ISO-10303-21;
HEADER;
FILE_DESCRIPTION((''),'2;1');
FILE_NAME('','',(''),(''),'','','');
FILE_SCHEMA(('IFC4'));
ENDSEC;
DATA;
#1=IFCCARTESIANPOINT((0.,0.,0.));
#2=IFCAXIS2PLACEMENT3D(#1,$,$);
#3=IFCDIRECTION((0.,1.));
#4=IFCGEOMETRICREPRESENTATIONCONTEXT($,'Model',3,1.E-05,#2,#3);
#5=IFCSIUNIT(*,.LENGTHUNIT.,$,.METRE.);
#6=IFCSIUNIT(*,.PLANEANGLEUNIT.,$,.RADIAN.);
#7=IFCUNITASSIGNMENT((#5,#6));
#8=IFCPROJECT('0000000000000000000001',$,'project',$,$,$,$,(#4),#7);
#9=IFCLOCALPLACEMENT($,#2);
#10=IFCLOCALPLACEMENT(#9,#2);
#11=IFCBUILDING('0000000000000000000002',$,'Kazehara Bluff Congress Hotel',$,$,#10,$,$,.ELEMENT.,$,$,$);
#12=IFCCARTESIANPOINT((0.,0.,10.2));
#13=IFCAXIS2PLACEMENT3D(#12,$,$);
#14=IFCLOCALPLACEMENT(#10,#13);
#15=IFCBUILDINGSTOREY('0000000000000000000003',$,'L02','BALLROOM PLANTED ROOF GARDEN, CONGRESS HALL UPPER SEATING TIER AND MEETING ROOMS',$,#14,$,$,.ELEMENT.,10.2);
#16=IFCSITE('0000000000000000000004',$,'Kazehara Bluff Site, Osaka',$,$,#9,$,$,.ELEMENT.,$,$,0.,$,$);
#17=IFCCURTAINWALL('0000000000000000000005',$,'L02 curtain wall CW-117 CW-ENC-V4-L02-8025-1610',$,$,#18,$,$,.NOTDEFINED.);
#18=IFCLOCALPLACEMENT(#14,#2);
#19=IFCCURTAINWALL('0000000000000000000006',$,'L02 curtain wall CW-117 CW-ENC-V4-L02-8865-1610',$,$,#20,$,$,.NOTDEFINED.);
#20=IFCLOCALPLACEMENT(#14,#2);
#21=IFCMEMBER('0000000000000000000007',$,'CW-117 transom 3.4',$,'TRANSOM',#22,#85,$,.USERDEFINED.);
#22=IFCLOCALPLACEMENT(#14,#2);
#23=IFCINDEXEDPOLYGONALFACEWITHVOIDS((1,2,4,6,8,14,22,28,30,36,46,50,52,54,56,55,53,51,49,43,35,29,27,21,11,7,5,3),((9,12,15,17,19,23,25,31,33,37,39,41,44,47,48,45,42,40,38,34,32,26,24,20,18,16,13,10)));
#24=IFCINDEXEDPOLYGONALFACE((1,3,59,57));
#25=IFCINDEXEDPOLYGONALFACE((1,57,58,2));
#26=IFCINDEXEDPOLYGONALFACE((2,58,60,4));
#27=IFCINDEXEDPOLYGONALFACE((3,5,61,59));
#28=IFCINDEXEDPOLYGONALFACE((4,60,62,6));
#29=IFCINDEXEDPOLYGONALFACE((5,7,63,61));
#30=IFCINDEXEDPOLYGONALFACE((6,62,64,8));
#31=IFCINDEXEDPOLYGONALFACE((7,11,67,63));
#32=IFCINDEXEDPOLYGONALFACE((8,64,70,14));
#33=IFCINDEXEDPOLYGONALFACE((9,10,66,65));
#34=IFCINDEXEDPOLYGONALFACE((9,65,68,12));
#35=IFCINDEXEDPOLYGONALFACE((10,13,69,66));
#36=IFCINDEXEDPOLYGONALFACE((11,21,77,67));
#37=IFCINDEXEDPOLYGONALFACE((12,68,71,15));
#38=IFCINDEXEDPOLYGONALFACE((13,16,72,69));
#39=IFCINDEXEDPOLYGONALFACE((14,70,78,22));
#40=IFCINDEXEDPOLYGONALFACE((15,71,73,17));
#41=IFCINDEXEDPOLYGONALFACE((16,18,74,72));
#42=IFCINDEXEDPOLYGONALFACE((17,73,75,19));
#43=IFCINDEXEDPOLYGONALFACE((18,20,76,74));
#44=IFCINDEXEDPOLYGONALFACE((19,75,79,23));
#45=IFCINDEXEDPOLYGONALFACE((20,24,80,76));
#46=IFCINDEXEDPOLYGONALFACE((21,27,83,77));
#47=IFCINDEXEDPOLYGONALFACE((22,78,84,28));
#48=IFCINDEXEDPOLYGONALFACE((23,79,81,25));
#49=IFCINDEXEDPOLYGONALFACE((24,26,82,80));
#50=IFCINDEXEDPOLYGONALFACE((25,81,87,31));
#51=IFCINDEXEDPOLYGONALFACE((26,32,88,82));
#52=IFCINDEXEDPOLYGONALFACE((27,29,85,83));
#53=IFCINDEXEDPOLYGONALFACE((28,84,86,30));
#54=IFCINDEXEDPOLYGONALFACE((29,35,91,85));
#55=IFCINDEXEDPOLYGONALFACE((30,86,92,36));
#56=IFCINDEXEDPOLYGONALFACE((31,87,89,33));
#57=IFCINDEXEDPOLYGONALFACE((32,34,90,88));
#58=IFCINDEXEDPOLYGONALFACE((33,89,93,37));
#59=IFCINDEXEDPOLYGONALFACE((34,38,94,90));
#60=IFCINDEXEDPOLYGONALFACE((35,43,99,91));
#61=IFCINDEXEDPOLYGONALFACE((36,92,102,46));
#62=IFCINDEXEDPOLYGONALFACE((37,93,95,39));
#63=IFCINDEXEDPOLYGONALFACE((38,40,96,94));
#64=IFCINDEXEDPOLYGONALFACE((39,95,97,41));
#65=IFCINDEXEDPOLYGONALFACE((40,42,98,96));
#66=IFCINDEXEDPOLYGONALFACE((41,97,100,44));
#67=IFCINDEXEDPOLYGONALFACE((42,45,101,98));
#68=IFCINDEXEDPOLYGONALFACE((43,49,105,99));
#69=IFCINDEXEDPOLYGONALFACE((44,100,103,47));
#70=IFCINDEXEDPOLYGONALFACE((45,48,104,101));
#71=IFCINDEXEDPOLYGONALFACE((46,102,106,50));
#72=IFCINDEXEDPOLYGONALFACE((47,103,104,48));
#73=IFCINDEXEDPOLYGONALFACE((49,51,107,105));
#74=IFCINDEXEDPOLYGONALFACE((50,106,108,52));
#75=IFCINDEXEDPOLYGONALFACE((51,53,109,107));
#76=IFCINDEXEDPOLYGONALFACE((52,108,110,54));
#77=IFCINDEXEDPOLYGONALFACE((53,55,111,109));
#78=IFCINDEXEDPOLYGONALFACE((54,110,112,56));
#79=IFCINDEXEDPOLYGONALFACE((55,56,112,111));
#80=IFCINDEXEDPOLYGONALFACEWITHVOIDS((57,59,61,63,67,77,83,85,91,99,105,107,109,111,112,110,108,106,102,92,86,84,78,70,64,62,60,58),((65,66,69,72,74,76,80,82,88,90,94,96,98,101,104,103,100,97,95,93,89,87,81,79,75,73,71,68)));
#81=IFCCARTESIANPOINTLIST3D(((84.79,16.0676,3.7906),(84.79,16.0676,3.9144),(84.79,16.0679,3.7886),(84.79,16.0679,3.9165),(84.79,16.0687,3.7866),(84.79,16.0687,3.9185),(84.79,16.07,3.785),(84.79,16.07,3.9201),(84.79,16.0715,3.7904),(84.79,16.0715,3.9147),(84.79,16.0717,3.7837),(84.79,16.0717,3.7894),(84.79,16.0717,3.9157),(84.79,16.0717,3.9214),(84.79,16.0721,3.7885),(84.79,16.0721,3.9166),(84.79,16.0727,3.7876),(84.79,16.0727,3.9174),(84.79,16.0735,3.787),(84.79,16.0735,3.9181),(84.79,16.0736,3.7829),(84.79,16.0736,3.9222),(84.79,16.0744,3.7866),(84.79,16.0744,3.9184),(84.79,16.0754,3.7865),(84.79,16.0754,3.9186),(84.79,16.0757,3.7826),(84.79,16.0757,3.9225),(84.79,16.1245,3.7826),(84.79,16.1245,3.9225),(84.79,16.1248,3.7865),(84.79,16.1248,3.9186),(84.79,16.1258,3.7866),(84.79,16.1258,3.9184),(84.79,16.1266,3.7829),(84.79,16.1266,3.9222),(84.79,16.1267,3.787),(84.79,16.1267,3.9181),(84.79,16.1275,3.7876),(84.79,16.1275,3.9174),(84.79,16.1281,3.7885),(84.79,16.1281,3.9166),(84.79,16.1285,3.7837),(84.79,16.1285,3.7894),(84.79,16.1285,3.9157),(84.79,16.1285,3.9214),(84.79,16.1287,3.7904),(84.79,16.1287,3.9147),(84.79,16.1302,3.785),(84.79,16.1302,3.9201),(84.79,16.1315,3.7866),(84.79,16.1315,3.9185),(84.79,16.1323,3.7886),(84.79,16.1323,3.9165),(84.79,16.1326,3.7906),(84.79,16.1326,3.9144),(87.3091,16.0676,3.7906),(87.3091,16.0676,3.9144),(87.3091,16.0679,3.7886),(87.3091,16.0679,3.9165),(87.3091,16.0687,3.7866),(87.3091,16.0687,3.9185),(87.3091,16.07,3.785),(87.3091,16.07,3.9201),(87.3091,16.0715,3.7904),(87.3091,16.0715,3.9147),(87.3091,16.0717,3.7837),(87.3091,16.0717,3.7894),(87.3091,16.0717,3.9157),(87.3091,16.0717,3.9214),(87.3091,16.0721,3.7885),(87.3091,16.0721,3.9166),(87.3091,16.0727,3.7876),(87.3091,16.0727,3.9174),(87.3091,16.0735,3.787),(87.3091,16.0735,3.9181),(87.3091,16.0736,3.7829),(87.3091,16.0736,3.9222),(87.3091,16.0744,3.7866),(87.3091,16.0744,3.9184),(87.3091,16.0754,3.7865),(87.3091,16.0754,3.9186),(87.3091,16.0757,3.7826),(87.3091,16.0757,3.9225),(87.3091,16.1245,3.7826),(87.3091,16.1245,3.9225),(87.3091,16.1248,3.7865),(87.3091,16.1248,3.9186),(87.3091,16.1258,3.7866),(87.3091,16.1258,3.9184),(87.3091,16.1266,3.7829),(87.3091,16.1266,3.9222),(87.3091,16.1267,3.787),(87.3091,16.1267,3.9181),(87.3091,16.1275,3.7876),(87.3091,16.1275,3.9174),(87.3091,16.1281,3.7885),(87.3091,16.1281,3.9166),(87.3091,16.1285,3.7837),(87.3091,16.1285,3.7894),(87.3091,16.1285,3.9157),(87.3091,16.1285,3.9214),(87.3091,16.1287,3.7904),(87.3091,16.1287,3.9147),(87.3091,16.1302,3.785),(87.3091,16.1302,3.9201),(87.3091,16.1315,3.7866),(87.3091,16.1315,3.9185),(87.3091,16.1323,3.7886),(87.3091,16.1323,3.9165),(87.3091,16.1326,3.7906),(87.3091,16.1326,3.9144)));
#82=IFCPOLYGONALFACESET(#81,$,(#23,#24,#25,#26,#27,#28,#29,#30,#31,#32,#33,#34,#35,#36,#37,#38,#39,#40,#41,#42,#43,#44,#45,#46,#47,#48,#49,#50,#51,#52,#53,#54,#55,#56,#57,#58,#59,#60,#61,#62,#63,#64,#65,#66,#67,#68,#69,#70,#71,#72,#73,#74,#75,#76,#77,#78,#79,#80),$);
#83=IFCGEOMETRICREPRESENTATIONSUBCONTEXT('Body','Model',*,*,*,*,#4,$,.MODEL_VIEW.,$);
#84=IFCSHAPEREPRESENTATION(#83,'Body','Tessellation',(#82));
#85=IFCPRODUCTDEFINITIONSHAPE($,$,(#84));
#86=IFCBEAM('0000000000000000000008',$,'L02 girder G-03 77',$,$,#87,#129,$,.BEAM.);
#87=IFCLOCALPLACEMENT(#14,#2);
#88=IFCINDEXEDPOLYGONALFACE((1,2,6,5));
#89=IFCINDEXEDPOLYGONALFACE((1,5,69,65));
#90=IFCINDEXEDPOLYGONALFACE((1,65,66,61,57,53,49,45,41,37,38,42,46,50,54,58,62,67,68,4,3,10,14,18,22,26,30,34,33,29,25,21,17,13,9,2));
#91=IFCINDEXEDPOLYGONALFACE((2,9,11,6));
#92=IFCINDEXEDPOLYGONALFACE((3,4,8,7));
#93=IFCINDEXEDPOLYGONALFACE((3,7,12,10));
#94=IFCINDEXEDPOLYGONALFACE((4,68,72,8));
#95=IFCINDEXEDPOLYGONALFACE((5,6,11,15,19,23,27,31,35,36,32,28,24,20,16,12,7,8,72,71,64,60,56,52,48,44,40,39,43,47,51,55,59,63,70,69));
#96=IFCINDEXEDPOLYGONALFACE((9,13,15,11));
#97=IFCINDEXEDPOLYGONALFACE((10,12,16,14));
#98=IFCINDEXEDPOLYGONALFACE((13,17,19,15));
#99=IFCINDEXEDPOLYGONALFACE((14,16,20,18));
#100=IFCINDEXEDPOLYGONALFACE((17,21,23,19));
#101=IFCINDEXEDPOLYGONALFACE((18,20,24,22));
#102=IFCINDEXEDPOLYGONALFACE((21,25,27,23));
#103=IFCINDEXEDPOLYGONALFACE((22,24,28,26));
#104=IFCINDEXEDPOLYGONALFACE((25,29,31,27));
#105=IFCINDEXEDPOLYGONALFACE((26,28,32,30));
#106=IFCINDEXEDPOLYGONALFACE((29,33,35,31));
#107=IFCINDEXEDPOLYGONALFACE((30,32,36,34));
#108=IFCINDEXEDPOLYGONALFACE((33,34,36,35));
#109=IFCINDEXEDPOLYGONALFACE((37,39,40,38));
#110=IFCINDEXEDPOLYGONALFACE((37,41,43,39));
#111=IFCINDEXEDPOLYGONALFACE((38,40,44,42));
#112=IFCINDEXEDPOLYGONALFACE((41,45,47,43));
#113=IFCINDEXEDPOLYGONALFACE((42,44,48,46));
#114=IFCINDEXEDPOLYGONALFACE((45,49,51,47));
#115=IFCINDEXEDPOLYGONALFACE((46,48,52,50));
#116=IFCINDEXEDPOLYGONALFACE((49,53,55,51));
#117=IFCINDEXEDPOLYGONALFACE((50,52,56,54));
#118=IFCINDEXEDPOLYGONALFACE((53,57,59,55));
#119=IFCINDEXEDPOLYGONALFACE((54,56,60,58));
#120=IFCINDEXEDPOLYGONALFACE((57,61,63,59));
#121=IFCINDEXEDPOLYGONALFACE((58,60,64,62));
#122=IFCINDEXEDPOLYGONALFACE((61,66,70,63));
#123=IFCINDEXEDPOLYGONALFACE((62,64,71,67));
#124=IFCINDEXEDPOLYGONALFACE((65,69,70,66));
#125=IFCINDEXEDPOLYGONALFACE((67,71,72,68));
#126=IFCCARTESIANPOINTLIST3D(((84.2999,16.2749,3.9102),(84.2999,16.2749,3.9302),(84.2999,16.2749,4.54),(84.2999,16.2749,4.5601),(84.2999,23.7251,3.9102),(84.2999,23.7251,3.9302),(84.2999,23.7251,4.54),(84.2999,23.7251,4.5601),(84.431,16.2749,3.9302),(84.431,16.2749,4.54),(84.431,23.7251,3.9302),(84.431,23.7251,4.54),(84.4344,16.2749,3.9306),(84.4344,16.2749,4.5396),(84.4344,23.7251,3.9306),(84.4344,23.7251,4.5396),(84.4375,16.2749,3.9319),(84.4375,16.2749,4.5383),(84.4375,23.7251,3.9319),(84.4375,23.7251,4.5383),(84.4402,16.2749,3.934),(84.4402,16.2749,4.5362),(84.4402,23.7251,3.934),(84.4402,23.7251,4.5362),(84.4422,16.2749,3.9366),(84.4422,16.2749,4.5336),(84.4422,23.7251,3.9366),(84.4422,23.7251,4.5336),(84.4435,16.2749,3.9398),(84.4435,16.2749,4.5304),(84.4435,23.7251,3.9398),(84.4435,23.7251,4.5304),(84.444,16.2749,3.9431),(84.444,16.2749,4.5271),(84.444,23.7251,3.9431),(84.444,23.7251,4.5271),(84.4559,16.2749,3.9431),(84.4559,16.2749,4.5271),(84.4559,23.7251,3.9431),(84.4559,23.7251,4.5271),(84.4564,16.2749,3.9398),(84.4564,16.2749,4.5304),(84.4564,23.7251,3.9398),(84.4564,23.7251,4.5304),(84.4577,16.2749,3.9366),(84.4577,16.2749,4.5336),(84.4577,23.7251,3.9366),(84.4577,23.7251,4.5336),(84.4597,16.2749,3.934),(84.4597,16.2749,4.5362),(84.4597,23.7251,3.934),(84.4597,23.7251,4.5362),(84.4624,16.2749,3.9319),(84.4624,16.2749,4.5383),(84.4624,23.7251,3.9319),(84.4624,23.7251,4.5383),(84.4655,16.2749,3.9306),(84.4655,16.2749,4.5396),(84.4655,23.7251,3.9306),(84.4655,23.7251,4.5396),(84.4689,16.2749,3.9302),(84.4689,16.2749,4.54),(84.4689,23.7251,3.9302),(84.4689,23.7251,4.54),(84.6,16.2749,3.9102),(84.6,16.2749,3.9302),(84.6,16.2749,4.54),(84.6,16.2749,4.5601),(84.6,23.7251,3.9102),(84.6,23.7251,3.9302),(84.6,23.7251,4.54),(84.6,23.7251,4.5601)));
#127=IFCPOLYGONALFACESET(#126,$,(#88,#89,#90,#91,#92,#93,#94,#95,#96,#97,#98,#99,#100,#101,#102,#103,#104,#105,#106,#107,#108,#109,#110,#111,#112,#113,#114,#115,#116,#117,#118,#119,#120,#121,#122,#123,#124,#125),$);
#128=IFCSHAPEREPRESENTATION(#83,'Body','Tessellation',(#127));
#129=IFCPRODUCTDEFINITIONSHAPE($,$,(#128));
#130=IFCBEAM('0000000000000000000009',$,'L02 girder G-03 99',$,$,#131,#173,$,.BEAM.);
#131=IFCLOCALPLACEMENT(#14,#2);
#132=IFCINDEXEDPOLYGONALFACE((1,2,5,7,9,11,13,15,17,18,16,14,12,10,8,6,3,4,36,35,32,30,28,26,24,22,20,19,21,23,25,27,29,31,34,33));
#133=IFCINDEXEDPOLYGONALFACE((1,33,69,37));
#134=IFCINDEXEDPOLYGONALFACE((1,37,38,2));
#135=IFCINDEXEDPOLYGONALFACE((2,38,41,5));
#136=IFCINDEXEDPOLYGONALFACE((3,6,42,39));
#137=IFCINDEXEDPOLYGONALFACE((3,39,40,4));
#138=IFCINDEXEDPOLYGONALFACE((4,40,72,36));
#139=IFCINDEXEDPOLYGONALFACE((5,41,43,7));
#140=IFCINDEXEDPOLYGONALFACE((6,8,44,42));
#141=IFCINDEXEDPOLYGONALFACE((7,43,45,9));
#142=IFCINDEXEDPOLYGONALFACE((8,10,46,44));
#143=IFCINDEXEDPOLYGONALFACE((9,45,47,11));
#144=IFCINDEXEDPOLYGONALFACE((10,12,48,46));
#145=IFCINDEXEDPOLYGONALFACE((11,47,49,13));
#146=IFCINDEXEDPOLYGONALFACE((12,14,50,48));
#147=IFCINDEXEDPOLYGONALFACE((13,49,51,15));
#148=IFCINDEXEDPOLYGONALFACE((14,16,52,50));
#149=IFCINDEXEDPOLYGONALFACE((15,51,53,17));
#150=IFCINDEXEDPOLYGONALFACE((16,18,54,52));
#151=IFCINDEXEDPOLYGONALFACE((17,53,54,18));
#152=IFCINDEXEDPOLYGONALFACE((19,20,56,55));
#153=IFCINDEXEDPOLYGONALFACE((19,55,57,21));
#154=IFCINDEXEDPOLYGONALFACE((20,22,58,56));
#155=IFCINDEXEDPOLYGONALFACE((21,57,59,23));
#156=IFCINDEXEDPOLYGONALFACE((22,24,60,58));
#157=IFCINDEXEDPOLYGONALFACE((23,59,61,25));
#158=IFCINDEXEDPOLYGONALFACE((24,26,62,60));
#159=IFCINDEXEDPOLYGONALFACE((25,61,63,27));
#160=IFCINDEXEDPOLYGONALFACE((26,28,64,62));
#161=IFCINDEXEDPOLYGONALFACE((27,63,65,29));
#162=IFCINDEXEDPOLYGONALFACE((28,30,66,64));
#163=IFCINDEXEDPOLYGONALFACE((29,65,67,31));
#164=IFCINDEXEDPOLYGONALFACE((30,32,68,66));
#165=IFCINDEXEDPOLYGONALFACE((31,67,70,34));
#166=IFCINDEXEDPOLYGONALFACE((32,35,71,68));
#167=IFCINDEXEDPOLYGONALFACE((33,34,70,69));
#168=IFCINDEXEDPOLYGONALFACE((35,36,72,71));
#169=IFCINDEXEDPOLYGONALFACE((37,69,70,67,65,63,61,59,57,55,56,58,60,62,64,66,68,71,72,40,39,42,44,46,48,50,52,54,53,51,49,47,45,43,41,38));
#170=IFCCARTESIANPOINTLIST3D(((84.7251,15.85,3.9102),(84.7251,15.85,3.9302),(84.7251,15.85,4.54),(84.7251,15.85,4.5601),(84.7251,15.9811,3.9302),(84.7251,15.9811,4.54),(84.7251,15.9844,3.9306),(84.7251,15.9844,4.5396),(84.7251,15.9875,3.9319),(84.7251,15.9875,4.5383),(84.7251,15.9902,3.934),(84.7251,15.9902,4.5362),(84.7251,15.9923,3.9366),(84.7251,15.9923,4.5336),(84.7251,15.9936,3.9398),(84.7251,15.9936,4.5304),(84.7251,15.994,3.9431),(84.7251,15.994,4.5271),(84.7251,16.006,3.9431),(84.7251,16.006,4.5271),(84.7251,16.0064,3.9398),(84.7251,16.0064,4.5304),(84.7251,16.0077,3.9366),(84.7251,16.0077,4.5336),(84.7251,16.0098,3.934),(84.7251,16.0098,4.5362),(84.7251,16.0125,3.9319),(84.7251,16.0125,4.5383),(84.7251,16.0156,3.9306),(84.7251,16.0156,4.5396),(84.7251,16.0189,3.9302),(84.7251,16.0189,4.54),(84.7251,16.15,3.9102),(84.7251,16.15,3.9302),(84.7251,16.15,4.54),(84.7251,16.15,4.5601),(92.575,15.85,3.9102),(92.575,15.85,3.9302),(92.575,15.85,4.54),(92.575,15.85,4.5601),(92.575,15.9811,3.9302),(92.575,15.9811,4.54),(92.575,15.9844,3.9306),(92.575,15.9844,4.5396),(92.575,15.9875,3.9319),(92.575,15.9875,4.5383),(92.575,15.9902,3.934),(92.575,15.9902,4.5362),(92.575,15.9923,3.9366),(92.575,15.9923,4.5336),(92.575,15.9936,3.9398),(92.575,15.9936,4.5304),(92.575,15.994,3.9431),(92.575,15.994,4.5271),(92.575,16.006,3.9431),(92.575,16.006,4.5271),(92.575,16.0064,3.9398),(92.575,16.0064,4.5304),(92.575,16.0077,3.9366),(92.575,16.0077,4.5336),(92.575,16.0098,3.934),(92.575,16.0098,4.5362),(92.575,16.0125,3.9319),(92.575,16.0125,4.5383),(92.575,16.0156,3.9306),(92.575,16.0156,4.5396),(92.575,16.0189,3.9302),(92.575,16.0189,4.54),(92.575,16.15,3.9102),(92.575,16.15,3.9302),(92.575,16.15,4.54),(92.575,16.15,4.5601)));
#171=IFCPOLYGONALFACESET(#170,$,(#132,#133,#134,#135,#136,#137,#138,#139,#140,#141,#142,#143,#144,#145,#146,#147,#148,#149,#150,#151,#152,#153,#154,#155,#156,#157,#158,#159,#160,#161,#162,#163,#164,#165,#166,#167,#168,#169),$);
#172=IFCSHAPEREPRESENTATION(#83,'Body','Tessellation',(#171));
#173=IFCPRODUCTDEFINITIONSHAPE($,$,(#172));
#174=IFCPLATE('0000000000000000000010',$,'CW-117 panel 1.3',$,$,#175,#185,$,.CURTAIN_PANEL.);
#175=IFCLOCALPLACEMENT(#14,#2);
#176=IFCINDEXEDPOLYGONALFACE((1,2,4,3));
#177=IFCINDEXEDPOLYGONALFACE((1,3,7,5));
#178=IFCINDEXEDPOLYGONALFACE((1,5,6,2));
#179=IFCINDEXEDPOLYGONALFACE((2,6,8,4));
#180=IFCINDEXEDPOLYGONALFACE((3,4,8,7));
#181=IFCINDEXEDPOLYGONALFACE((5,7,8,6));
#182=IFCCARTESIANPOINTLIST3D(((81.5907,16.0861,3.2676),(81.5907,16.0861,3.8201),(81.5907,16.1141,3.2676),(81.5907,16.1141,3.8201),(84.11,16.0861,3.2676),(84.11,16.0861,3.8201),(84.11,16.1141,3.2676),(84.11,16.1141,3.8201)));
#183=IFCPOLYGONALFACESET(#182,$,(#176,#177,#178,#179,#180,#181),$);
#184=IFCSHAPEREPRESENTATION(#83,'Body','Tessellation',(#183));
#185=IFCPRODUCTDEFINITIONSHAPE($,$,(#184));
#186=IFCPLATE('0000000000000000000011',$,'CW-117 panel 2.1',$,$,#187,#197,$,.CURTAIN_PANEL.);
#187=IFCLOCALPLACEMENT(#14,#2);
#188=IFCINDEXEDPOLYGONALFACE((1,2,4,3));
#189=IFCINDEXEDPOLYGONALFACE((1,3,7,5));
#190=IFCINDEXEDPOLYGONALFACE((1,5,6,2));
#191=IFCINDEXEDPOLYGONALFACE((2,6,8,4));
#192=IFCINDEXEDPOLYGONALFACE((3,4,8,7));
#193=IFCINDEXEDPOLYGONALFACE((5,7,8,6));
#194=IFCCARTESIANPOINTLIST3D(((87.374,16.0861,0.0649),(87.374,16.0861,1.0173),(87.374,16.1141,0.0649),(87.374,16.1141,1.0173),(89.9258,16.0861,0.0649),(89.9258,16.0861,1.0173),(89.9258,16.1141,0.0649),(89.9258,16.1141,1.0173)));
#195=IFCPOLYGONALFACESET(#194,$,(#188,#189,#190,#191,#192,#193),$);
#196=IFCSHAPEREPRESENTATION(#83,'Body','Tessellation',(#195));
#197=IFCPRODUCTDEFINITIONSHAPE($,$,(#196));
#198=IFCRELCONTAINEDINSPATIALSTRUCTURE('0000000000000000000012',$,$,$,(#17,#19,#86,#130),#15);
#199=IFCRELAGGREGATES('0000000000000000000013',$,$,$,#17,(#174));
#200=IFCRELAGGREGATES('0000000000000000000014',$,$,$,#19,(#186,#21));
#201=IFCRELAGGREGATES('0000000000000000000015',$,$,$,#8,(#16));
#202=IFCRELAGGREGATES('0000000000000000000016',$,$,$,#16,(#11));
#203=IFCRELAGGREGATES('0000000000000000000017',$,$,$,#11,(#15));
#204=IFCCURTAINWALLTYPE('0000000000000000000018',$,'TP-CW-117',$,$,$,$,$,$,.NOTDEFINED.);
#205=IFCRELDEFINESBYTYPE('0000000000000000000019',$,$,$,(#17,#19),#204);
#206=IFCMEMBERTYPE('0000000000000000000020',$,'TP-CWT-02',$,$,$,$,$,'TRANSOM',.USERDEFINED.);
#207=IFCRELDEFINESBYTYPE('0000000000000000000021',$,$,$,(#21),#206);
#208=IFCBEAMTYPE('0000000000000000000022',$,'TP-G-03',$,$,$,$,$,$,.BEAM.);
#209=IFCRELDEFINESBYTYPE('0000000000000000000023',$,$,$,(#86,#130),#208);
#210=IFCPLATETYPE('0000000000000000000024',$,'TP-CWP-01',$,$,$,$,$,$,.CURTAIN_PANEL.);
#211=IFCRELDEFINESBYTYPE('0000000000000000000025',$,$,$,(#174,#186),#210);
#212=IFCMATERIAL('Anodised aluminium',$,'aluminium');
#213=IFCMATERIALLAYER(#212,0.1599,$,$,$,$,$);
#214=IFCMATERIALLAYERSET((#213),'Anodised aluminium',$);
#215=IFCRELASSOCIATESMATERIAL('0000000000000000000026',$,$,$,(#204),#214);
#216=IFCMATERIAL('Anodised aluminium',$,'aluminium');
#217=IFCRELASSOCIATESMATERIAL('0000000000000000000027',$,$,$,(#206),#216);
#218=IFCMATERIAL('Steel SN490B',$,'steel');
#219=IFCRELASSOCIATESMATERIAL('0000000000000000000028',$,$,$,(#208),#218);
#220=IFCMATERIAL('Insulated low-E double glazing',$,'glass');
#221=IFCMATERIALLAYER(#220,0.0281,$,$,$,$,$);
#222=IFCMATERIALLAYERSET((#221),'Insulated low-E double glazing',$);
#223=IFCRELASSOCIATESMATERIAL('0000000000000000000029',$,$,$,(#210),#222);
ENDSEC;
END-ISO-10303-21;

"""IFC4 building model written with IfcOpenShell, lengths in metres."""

from ifc_helpers import new_model, si_unit, direction, frame, origin, origin_2d, place, context, subcontext, project, spatial, rectangle, hollow_rectangle, i_section, extrude, material, layer, layer_set, material_profile, profile_set, type_object, element, aggregate, save


model = new_model("IFC4")

# Units and contexts
model_context = context("Model", 3, precision=1e-05, world=origin(), true_north=direction((0.0, 1.0)))
body_context = subcontext(model_context, "Body", "Model", "MODEL_VIEW")
ifc_project = project(units=[si_unit("LENGTHUNIT", "METRE"), si_unit("PLANEANGLEUNIT", "RADIAN")], contexts=[model_context])

# Site, building, storey
site_placement = place(None, origin())
site = spatial("IfcSite", under=ifc_project, at=site_placement, Name="Kazehara Bluff Site, Osaka", CompositionType="ELEMENT", RefElevation=0.0)
building_placement = place(site_placement, origin())
building = spatial("IfcBuilding", under=site, at=building_placement, Name="Kazehara Bluff Congress Hotel", CompositionType="ELEMENT")
storey_placement = place(building_placement, frame((0.0, 0.0, 10.2)))
storey = spatial("IfcBuildingStorey", under=building, at=storey_placement, Name="L02", Description="BALLROOM PLANTED ROOF GARDEN, CONGRESS HALL UPPER SEATING TIER AND MEETING ROOMS", CompositionType="ELEMENT", Elevation=10.2)

# Curtain wall
ifc_material_1 = material(Name="Anodised aluminium", Category="aluminium")
ifc_layer_1 = layer(ifc_material_1, 0.1599)
ifc_layer_set_1 = layer_set([ifc_layer_1], Name="Anodised aluminium")
curtain_wall_type = type_object("IfcCurtainWallType", Name="TP-CW-117", PredefinedType="NOTDEFINED", material=ifc_layer_set_1)
curtain_wall_1_placement = place(storey_placement, origin())
curtain_wall_1 = element("IfcCurtainWall", 1, at=curtain_wall_1_placement, inside=storey, type_object=curtain_wall_type, Name="L02 curtain wall CW-117 CW-ENC-V4-L02-8025-1610", PredefinedType="NOTDEFINED")

# Curtain wall
curtain_wall_2_placement = place(storey_placement, origin())
curtain_wall_2 = element("IfcCurtainWall", 2, at=curtain_wall_2_placement, inside=storey, type_object=curtain_wall_type, Name="L02 curtain wall CW-117 CW-ENC-V4-L02-8865-1610", PredefinedType="NOTDEFINED")

# Member
ifc_material_2 = material(Name="Anodised aluminium", Category="aluminium")
ifc_material_profile_1 = material_profile(ifc_material_2, hollow_rectangle(XDim=0.0649, YDim=0.1399, WallThickness=0.0039, InnerFilletRadius=0.0039, OuterFilletRadius=0.0081, at=origin_2d()))
ifc_profile_set_1 = profile_set([ifc_material_profile_1], Name="Anodised aluminium")
member_type_1 = type_object("IfcMemberType", Name="TP-CWT-02", ElementType="TRANSOM", PredefinedType="USERDEFINED", material=ifc_profile_set_1)
member_1_placement = place(storey_placement, frame((87.3091, 16.1001, 3.8525), z_axis=(-1.0, 0.0, 0.0), x_axis=(0.0, -1.0, 0.0)))
member_1 = element("IfcMember", 3, at=member_1_placement, type_object=member_type_1, Name="CW-117 transom 3.4", ObjectType="TRANSOM", PredefinedType="USERDEFINED", context=body_context, shape_type="SweptSolid", body=[
    extrude(hollow_rectangle(XDim=0.0649, YDim=0.1399, WallThickness=0.0039, InnerFilletRadius=0.0039, OuterFilletRadius=0.0081, at=origin_2d()), origin(), (0.0, 0.0, 1.0), 2.519),
])

# Beams
ifc_material_3 = material(Name="Steel SN490B", Category="steel")
ifc_material_profile_2 = material_profile(ifc_material_3, i_section(OverallWidth=0.3, OverallDepth=0.6499, WebThickness=0.012, FlangeThickness=0.02, FilletRadius=0.0129, at=origin_2d()))
ifc_profile_set_2 = profile_set([ifc_material_profile_2], Name="Steel SN490B")
beam_type = type_object("IfcBeamType", Name="TP-G-03", PredefinedType="BEAM", material=ifc_profile_set_2)
beam_1_placement = place(storey_placement, frame((84.45, 16.2749, 4.2351), z_axis=(0.0, 1.0, 0.0), x_axis=(-1.0, 0.0, 0.0)))
element("IfcBeam", 4, at=beam_1_placement, inside=storey, type_object=beam_type, Name="L02 girder G-03 77", PredefinedType="BEAM", context=body_context, shape_type="SweptSolid", body=[
    extrude(i_section(OverallWidth=0.3, OverallDepth=0.6499, WebThickness=0.012, FlangeThickness=0.02, FilletRadius=0.0129, at=origin_2d()), origin(), (0.0, 0.0, 1.0), 7.4502),
])
beam_2_placement = place(storey_placement, frame((84.7251, 16.0, 4.2351), z_axis=(1.0, 0.0, 0.0), x_axis=(0.0, 1.0, 0.0)))
element("IfcBeam", 5, at=beam_2_placement, inside=storey, type_object=beam_type, Name="L02 girder G-03 99", PredefinedType="BEAM", context=body_context, shape_type="SweptSolid", body=[
    extrude(i_section(OverallWidth=0.3, OverallDepth=0.6499, WebThickness=0.012, FlangeThickness=0.02, FilletRadius=0.0129, at=origin_2d()), origin(), (0.0, 0.0, 1.0), 7.8499),
])

# Plates
ifc_material_4 = material(Name="Insulated low-E double glazing", Category="glass")
ifc_layer_2 = layer(ifc_material_4, 0.0281)
ifc_layer_set_2 = layer_set([ifc_layer_2], Name="Insulated low-E double glazing")
plate_type = type_object("IfcPlateType", Name="TP-CWP-01", PredefinedType="CURTAIN_PANEL", material=ifc_layer_set_2)
plate_1_placement = place(storey_placement, frame((82.8503, 16.1001, 3.2676), z_axis=(0.0, 0.0, 1.0), x_axis=(-1.0, 0.0, 0.0)))
plate_1 = element("IfcPlate", 6, at=plate_1_placement, type_object=plate_type, Name="CW-117 panel 1.3", PredefinedType="CURTAIN_PANEL", context=body_context, shape_type="SweptSolid", body=[
    extrude(rectangle(XDim=2.5193, YDim=0.0281, at=origin_2d()), origin(), (0.0, 0.0, 1.0), 0.5525),
])
aggregate(curtain_wall_1, [plate_1])
plate_2_placement = place(storey_placement, frame((88.6499, 16.1001, 0.0649), z_axis=(0.0, 0.0, 1.0), x_axis=(-1.0, 0.0, 0.0)))
plate_2 = element("IfcPlate", 7, at=plate_2_placement, type_object=plate_type, Name="CW-117 panel 2.1", PredefinedType="CURTAIN_PANEL", context=body_context, shape_type="SweptSolid", body=[
    extrude(rectangle(XDim=2.5518, YDim=0.0281, at=origin_2d()), origin(), (0.0, 0.0, 1.0), 0.9524),
])
aggregate(curtain_wall_2, [plate_2, member_1])

save(model, "model.ifc")
